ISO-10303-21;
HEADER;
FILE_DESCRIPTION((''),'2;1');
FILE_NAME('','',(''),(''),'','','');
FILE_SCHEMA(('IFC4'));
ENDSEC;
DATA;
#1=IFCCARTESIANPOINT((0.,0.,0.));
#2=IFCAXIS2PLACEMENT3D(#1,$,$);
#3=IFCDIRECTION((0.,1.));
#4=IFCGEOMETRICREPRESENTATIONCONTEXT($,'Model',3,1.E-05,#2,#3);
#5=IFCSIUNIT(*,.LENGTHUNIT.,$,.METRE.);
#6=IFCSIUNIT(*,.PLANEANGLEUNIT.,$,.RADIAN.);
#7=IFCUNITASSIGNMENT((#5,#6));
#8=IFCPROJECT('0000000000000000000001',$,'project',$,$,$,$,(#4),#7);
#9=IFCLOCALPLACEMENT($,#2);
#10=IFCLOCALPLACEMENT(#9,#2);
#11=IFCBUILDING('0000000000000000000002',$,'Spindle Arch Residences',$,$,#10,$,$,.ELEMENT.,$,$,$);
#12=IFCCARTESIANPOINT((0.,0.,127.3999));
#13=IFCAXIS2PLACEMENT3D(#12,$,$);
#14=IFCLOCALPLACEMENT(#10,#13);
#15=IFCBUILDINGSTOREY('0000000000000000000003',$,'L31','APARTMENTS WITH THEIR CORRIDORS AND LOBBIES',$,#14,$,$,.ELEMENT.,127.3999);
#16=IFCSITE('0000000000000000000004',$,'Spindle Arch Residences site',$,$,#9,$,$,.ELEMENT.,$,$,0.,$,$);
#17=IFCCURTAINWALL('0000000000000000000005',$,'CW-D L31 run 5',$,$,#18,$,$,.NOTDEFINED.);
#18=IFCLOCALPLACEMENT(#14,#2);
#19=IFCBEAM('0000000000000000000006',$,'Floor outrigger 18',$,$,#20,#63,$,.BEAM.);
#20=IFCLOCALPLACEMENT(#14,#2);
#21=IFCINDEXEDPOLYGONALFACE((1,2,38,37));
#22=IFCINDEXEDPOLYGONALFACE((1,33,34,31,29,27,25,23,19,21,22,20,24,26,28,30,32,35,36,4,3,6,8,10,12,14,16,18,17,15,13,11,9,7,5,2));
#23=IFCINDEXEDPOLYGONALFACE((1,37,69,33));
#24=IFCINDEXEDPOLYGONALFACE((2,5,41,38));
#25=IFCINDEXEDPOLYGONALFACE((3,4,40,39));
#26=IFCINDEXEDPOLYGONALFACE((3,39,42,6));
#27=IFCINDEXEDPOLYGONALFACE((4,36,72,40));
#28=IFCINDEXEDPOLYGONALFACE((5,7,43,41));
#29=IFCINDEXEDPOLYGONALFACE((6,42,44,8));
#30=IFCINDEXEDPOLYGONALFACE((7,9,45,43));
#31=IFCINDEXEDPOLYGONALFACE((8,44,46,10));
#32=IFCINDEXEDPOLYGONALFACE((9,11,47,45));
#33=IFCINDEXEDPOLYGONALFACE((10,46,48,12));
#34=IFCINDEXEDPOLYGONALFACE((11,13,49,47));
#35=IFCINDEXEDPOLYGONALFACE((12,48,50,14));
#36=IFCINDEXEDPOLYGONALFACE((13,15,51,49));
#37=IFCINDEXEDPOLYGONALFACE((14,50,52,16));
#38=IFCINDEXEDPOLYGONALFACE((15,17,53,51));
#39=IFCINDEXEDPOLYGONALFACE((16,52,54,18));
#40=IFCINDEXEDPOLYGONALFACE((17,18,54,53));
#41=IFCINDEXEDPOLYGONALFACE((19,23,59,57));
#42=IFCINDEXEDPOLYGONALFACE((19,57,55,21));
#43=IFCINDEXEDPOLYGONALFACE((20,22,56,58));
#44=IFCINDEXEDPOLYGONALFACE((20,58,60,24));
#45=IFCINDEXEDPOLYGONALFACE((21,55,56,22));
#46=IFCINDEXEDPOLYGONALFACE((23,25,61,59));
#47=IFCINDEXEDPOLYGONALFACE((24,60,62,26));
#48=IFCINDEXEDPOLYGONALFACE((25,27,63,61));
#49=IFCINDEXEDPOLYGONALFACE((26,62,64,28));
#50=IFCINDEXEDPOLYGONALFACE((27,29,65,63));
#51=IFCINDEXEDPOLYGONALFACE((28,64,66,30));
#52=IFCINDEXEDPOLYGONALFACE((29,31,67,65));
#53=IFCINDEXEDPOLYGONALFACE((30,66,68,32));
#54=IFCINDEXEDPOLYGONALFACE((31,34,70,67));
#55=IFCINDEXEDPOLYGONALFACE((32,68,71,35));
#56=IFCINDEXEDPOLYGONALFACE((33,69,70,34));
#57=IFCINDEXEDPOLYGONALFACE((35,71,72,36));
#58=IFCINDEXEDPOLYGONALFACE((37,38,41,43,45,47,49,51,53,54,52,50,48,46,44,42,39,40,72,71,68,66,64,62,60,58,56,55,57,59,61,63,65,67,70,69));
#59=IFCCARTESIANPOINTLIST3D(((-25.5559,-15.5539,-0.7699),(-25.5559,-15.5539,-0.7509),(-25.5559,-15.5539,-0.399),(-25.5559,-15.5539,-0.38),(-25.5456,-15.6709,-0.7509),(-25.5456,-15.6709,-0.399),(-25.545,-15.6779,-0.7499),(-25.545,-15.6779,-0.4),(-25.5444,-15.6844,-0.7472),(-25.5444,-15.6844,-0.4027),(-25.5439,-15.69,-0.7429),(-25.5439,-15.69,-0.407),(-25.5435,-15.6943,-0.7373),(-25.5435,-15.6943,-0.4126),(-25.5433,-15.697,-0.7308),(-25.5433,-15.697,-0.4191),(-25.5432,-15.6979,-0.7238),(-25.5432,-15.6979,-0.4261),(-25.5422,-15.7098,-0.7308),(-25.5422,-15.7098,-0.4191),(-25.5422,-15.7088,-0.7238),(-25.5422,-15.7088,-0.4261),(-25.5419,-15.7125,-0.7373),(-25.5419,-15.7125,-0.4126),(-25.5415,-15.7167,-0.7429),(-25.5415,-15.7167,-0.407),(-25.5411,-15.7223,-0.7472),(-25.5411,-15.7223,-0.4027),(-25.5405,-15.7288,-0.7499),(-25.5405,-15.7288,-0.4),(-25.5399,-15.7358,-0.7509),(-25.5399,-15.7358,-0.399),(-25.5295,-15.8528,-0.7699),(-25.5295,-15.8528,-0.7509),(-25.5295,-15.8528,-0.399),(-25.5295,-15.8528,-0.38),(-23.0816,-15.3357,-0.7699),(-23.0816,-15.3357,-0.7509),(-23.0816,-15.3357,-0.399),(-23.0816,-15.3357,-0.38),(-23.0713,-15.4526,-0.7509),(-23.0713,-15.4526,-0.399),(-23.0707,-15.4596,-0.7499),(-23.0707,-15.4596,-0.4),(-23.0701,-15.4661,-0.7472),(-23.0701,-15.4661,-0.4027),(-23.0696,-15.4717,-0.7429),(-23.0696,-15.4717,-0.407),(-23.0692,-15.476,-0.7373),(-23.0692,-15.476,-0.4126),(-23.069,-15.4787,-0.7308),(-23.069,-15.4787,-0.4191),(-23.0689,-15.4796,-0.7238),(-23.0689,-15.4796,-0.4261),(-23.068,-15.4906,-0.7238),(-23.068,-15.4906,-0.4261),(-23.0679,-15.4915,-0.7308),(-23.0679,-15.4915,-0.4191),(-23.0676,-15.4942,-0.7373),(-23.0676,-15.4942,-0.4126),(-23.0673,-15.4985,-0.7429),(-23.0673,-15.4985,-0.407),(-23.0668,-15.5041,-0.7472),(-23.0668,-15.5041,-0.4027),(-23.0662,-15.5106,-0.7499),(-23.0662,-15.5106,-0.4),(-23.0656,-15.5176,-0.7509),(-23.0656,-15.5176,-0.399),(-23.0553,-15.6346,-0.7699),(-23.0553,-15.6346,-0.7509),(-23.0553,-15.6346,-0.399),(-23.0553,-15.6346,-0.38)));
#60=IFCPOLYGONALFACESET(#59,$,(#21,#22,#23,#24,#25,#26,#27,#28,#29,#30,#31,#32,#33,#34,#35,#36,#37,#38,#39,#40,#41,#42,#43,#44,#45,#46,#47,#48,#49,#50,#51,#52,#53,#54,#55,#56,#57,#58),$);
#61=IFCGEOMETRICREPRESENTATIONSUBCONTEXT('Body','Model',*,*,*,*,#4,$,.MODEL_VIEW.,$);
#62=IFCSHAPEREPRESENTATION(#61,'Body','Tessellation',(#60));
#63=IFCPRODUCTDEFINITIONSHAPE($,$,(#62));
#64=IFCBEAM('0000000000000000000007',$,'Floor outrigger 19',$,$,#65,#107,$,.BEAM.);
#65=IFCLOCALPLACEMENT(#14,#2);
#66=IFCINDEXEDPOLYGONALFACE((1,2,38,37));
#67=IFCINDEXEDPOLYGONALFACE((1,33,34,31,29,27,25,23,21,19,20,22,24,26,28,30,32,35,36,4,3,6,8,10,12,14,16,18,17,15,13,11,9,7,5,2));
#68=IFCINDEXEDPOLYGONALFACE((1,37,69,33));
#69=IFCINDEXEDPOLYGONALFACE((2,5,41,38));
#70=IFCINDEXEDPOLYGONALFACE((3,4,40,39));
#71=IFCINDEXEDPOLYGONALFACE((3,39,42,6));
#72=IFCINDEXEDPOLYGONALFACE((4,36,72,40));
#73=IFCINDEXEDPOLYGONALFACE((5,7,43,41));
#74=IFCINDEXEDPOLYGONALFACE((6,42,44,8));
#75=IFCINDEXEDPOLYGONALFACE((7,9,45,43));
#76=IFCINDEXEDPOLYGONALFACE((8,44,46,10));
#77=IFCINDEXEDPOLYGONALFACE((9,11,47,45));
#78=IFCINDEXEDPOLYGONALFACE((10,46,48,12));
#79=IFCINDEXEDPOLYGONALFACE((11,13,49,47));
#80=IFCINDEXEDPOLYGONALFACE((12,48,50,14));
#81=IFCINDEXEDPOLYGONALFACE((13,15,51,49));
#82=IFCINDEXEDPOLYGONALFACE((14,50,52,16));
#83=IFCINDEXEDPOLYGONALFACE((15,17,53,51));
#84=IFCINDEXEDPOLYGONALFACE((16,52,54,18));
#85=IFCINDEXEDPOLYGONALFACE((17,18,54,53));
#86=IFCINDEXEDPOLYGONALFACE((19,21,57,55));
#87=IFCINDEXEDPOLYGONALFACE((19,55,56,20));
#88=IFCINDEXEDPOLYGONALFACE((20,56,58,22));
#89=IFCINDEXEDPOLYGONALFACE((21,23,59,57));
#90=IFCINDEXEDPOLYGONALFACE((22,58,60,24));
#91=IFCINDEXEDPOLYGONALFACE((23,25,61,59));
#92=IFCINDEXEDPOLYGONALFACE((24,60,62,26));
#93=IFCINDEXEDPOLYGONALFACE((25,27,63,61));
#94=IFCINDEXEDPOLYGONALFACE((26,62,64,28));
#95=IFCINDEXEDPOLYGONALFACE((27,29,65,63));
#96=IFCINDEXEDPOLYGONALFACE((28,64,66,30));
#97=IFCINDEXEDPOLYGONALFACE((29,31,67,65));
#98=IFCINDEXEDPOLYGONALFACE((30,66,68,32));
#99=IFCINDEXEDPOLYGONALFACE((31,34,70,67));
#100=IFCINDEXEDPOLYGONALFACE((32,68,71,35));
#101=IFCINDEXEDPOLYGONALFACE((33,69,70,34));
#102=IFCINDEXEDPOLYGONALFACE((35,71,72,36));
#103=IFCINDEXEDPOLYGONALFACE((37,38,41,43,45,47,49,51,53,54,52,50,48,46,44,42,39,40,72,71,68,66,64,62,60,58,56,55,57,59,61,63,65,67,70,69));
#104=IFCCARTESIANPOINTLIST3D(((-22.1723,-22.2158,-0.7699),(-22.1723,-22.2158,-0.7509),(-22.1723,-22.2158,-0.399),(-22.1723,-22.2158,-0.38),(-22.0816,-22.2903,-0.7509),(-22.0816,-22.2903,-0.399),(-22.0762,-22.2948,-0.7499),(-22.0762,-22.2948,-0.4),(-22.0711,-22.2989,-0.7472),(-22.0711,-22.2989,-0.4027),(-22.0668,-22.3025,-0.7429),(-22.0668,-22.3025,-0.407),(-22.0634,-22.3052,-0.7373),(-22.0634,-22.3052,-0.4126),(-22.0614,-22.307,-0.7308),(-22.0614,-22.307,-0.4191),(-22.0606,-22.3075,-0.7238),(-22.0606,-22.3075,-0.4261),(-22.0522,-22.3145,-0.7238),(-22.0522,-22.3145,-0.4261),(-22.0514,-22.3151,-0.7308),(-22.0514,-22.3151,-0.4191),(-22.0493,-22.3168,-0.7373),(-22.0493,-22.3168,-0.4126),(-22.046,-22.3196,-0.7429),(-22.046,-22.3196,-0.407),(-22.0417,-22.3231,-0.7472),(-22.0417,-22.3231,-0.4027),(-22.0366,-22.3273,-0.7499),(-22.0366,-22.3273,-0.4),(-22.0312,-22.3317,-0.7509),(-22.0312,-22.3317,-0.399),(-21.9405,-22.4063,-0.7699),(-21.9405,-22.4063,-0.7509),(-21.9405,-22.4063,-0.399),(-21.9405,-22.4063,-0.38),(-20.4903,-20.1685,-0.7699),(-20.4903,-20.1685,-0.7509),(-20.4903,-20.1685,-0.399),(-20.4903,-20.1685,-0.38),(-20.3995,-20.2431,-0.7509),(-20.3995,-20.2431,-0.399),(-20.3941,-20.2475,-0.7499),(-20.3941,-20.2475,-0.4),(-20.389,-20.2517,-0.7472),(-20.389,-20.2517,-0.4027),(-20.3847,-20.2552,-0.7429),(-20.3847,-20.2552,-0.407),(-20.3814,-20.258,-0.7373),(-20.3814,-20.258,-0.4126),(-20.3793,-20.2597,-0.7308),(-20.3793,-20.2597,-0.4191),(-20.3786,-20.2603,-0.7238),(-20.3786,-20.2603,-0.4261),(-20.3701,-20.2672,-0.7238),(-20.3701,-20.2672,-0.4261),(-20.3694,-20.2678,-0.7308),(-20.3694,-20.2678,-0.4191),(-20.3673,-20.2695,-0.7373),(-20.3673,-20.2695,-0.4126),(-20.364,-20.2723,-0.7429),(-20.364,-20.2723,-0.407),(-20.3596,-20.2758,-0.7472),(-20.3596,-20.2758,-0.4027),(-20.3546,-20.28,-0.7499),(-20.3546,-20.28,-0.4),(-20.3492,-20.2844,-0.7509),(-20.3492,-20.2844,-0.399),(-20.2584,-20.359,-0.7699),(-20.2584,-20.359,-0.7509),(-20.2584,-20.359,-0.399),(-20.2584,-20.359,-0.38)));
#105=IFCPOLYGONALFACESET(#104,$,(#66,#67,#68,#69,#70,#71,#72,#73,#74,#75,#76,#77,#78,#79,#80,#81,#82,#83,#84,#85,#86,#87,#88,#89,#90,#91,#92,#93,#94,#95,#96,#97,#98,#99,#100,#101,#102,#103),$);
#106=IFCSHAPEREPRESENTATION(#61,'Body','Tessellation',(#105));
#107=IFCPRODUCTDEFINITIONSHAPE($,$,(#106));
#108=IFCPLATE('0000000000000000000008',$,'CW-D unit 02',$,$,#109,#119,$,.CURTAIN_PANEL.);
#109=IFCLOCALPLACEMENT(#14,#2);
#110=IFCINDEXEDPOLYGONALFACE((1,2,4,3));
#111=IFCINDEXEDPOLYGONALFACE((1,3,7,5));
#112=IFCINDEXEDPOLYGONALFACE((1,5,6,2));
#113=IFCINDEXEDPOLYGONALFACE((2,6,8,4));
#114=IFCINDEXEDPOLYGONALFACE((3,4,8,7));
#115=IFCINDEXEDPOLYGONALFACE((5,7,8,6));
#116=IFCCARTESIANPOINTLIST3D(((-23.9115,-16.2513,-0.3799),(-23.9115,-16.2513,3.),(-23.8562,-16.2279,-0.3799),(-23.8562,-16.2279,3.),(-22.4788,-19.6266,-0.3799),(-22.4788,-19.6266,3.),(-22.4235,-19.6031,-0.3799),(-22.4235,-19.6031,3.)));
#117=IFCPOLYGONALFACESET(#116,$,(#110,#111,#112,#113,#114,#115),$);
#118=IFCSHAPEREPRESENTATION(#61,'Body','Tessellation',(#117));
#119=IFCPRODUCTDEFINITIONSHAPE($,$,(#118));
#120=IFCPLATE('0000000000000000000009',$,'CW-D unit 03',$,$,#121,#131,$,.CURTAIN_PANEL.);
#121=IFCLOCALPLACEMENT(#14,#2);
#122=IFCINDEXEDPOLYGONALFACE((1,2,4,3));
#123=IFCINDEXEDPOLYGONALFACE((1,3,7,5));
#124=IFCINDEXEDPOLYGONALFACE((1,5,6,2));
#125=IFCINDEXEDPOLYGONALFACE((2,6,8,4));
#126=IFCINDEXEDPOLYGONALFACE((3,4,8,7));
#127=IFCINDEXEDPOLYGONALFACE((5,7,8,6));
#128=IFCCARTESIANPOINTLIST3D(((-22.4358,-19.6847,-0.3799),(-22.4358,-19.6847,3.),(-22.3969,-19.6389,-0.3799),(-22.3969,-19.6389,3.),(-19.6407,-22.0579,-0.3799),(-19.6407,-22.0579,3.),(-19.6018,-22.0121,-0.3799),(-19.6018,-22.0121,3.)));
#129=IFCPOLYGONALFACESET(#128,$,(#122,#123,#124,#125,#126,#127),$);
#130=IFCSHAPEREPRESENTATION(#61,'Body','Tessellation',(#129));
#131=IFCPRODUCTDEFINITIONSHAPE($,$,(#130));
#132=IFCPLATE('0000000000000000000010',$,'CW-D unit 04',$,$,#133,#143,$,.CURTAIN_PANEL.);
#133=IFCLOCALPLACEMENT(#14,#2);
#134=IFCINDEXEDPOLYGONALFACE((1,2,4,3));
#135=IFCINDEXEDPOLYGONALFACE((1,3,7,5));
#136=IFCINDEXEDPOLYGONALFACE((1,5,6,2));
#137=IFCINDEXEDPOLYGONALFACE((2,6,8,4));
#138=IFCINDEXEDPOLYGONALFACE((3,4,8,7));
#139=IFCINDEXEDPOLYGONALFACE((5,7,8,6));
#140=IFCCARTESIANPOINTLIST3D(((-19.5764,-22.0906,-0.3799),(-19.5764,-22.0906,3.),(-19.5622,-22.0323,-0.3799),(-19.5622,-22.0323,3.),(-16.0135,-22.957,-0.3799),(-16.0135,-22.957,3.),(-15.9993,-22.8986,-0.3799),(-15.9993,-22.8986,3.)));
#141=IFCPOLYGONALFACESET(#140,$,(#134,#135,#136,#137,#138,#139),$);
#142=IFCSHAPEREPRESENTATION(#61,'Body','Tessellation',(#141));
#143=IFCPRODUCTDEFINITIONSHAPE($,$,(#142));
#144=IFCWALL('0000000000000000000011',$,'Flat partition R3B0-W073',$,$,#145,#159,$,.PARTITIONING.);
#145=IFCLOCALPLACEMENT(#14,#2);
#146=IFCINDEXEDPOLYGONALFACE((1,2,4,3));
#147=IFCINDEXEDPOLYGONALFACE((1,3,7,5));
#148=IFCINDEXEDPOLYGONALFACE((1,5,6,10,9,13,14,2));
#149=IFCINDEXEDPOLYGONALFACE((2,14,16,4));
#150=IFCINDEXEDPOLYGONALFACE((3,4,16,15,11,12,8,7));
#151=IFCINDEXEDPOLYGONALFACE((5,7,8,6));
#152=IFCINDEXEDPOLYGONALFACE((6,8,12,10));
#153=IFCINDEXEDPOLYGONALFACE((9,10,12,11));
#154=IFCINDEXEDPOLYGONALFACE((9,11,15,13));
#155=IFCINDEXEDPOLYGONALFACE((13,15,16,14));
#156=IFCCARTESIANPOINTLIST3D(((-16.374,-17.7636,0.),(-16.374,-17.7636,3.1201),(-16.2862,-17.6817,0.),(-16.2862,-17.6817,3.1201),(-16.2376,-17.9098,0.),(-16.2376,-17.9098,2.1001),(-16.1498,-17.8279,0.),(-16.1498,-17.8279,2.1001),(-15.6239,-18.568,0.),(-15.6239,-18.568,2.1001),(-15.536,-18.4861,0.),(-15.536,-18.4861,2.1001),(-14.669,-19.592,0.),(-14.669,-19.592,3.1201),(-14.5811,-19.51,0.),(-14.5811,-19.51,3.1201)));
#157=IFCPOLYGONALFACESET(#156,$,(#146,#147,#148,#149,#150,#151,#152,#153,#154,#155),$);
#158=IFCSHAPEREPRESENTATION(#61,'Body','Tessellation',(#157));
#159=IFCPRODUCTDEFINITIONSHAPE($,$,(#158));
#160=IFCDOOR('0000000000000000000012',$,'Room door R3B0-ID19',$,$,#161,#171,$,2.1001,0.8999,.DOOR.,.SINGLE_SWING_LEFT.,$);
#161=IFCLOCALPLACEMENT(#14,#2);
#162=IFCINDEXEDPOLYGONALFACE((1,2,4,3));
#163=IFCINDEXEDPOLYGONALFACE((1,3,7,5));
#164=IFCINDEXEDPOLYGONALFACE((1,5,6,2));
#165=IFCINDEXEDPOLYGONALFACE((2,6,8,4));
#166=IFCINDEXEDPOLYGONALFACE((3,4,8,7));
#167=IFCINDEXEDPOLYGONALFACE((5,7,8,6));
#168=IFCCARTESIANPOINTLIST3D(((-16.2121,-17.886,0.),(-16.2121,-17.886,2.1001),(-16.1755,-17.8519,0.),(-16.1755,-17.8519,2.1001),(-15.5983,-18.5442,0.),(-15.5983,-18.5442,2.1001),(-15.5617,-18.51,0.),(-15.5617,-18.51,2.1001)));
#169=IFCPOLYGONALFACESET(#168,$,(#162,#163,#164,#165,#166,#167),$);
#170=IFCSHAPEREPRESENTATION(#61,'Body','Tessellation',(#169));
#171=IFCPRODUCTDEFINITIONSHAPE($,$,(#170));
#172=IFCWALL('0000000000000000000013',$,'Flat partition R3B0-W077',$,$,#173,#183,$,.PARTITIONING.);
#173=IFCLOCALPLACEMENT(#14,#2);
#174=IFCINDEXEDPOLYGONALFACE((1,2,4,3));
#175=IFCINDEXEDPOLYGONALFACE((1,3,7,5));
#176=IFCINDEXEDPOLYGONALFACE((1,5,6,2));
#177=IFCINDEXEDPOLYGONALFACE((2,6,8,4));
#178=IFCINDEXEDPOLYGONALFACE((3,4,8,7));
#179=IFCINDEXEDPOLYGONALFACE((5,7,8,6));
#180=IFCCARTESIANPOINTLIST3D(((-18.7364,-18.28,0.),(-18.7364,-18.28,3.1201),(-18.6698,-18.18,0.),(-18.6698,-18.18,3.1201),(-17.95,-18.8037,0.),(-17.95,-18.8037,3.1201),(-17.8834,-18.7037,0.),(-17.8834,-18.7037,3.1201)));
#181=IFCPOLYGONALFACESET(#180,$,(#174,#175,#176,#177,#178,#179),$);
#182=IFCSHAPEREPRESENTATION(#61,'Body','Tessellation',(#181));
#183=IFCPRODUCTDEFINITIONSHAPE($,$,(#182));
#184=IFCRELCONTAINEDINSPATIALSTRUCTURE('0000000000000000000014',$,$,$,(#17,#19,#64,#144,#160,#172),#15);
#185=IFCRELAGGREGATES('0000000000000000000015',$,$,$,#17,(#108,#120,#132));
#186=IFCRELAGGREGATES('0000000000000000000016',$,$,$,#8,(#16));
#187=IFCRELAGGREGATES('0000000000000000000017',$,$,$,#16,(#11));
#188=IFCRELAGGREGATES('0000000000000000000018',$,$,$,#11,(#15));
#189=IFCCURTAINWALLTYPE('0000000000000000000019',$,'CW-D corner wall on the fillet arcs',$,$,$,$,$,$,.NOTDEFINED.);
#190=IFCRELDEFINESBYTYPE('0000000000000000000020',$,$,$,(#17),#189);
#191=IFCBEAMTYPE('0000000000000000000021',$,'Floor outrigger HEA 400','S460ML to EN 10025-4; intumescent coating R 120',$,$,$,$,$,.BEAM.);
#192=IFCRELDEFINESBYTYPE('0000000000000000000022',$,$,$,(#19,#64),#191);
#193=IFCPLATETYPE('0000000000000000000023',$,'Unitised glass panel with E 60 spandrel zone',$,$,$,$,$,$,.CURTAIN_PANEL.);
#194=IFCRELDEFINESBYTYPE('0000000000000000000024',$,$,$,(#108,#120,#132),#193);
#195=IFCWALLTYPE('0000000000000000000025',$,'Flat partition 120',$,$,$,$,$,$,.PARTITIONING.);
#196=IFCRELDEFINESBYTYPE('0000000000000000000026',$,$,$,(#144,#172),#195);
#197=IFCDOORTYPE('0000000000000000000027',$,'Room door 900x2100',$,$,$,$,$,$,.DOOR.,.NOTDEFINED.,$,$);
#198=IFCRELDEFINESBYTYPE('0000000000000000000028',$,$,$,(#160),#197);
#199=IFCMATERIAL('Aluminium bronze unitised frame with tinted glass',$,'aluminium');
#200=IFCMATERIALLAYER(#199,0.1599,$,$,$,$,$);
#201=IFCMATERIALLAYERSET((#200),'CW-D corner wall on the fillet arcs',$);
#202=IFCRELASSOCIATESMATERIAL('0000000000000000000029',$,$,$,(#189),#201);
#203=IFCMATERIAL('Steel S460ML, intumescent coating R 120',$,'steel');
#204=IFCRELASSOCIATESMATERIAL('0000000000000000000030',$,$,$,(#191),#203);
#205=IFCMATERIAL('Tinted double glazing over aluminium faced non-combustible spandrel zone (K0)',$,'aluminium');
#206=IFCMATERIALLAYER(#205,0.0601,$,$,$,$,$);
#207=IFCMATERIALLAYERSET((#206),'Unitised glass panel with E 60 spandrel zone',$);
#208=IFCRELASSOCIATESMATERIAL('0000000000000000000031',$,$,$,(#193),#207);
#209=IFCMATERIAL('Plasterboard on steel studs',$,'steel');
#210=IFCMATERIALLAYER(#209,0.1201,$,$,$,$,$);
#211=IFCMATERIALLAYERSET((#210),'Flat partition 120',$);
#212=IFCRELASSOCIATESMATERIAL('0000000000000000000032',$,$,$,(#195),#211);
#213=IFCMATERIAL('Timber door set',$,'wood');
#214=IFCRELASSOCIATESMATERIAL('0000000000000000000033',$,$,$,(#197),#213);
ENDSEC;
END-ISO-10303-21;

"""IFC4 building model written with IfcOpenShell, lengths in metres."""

from ifc_helpers import new_model, si_unit, direction, frame, frame_2d, origin, origin_2d, place, context, subcontext, project, spatial, rectangle, i_section, extrude, material, layer, layer_set, material_profile, profile_set, type_object, element, fill, aggregate, save


model = new_model("IFC4")

# Units and contexts
model_context = context("Model", 3, precision=1e-05, world=origin(), true_north=direction((0.0, 1.0)))
body_context = subcontext(model_context, "Body", "Model", "MODEL_VIEW")
ifc_project = project(units=[si_unit("LENGTHUNIT", "METRE"), si_unit("PLANEANGLEUNIT", "RADIAN")], contexts=[model_context])

# Site, building, storey
site_placement = place(None, origin())
site = spatial("IfcSite", under=ifc_project, at=site_placement, Name="Spindle Arch Residences site", CompositionType="ELEMENT", RefElevation=0.0)
building_placement = place(site_placement, origin())
building = spatial("IfcBuilding", under=site, at=building_placement, Name="Spindle Arch Residences", CompositionType="ELEMENT")
storey_placement = place(building_placement, frame((0.0, 0.0, 127.3999)))
storey = spatial("IfcBuildingStorey", under=building, at=storey_placement, Name="L31", Description="APARTMENTS WITH THEIR CORRIDORS AND LOBBIES", CompositionType="ELEMENT", Elevation=127.3999)

# Curtain wall
ifc_material_1 = material(Name="Aluminium bronze unitised frame with tinted glass", Category="aluminium")
ifc_layer_1 = layer(ifc_material_1, 0.1599)
ifc_layer_set_1 = layer_set([ifc_layer_1], Name="CW-D corner wall on the fillet arcs")
curtain_wall_type = type_object("IfcCurtainWallType", Name="CW-D corner wall on the fillet arcs", PredefinedType="NOTDEFINED", material=ifc_layer_set_1)
curtain_wall_placement = place(storey_placement, origin())
curtain_wall = element("IfcCurtainWall", 1, at=curtain_wall_placement, inside=storey, type_object=curtain_wall_type, Name="CW-D L31 run 5", PredefinedType="NOTDEFINED")

# Beams
ifc_material_2 = material(Name="Steel S460ML, intumescent coating R 120", Category="steel")
ifc_material_profile_1 = material_profile(ifc_material_2, i_section(OverallWidth=0.3, OverallDepth=0.3899, WebThickness=0.011, FlangeThickness=0.019, FilletRadius=0.0271, at=origin_2d()), Name="HEA 400")
ifc_profile_set_1 = profile_set([ifc_material_profile_1], Name="Steel S460ML, intumescent coating R 120")
beam_type_1 = type_object("IfcBeamType", Name="Floor outrigger HEA 400", Description="S460ML to EN 10025-4; intumescent coating R 120", PredefinedType="BEAM", material=ifc_profile_set_1)
beam_1_placement = place(storey_placement, frame((-25.5427, -15.7034, -0.575), z_axis=(0.996132, 0.087868, 0.0), x_axis=(-0.087868, 0.996132, 0.0)))
element("IfcBeam", 2, at=beam_1_placement, inside=storey, type_object=beam_type_1, Name="Floor outrigger 18", PredefinedType="BEAM", context=body_context, shape_type="SweptSolid", body=[
    extrude(i_section(OverallWidth=0.3, OverallDepth=0.3899, WebThickness=0.011, FlangeThickness=0.019, FilletRadius=0.0271, at=origin_2d()), origin(), (0.0, 0.0, 1.0), 2.4839),
])
beam_2_placement = place(storey_placement, frame((-22.0564, -22.311, -0.575), z_axis=(0.634822, 0.772658, 0.0), x_axis=(-0.772658, 0.634822, 0.0)))
element("IfcBeam", 3, at=beam_2_placement, inside=storey, type_object=beam_type_1, Name="Floor outrigger 19", PredefinedType="BEAM", context=body_context, shape_type="SweptSolid", body=[
    extrude(i_section(OverallWidth=0.3, OverallDepth=0.3899, WebThickness=0.011, FlangeThickness=0.019, FilletRadius=0.0271, at=origin_2d()), origin(), (0.0, 0.0, 1.0), 2.6497),
])

# Plates
ifc_material_3 = material(Name="Tinted double glazing over aluminium faced non-combustible spandrel zone (K0)", Category="aluminium")
ifc_layer_2 = layer(ifc_material_3, 0.0601)
ifc_layer_set_2 = layer_set([ifc_layer_2], Name="Unitised glass panel with E 60 spandrel zone")
plate_type = type_object("IfcPlateType", Name="Unitised glass panel with E 60 spandrel zone", PredefinedType="CURTAIN_PANEL", material=ifc_layer_set_2)
plate_1_placement = place(storey_placement, frame((-23.1675, -17.9272, -0.3799), z_axis=(0.0, 0.0, 1.0), x_axis=(0.390731, -0.920505, 0.0)))
plate_1 = element("IfcPlate", 4, at=plate_1_placement, type_object=plate_type, Name="CW-D unit 02", PredefinedType="CURTAIN_PANEL", context=body_context, shape_type="SweptSolid", body=[
    extrude(rectangle(XDim=3.6667, YDim=0.0601, at=origin_2d()), origin(), (0.0, 0.0, 1.0), 3.3799),
])
plate_2_placement = place(storey_placement, frame((-21.0188, -20.8484, -0.3799), z_axis=(0.0, 0.0, 1.0), x_axis=(0.762292, -0.647233, 0.0)))
plate_2 = element("IfcPlate", 5, at=plate_2_placement, type_object=plate_type, Name="CW-D unit 03", PredefinedType="CURTAIN_PANEL", context=body_context, shape_type="SweptSolid", body=[
    extrude(rectangle(XDim=3.6667, YDim=0.0601, at=origin_2d()), origin(), (0.0, 0.0, 1.0), 3.3799),
])
plate_3_placement = place(storey_placement, frame((-17.7878, -22.4946, -0.3799), z_axis=(0.0, 0.0, 1.0), x_axis=(0.971687, -0.236273, 0.0)))
plate_3 = element("IfcPlate", 6, at=plate_3_placement, type_object=plate_type, Name="CW-D unit 04", PredefinedType="CURTAIN_PANEL", context=body_context, shape_type="SweptSolid", body=[
    extrude(rectangle(XDim=3.6667, YDim=0.0601, at=origin_2d()), origin(), (0.0, 0.0, 1.0), 3.3799),
])
aggregate(curtain_wall, [plate_1, plate_2, plate_3])

# Wall, opening, door
ifc_material_4 = material(Name="Plasterboard on steel studs", Category="steel")
ifc_layer_3 = layer(ifc_material_4, 0.1201)
ifc_layer_set_3 = layer_set([ifc_layer_3], Name="Flat partition 120")
wall_type_1 = type_object("IfcWallType", Name="Flat partition 120", PredefinedType="PARTITIONING", material=ifc_layer_set_3)
wall_1_placement = place(storey_placement, frame((-16.3301, -17.7227, 0.0), z_axis=(0.0, 0.0, 1.0), x_axis=(0.682019, -0.731334, 0.0)))
wall_1 = element("IfcWall", 7, at=wall_1_placement, inside=storey, type_object=wall_type_1, Name="Flat partition R3B0-W073", PredefinedType="PARTITIONING", context=body_context, shape_type="SweptSolid", body=[
    extrude(rectangle(XDim=2.5, YDim=0.1201, at=frame_2d((1.25, 0.0))), origin(), (0.0, 0.0, 1.0), 3.1201),
])
opening_placement = place(wall_1_placement, frame((0.2, 0.0, 0.0)))
opening = element("IfcOpeningElement", 8, at=opening_placement, cuts=wall_1, PredefinedType="OPENING", context=body_context, shape_type="SweptSolid", body=[
    extrude(rectangle(XDim=0.8999, YDim=2.1001, at=frame_2d((0.45, 1.05))), frame((0.0, 0.0701, 0.0), z_axis=(0.0, -1.0, 0.0), x_axis=(1.0, 0.0, 0.0)), (0.0, 0.0, 1.0), 0.1401),
])
ifc_material_5 = material(Name="Timber door set", Category="wood")
door_type = type_object("IfcDoorType", Name="Room door 900x2100", OperationType="NOTDEFINED", PredefinedType="DOOR", material=ifc_material_5)
door_placement = place(opening_placement, origin())
door = element("IfcDoor", 9, at=door_placement, inside=storey, type_object=door_type, Name="Room door R3B0-ID19", OperationType="SINGLE_SWING_LEFT", OverallHeight=2.1001, OverallWidth=0.8999, PredefinedType="DOOR", context=body_context, shape_type="SweptSolid", body=[
    extrude(rectangle(XDim=0.8999, YDim=2.1001, at=frame_2d((0.45, 1.05))), frame((0.0, 0.0249, 0.0), z_axis=(0.0, -1.0, 0.0), x_axis=(1.0, 0.0, 0.0)), (0.0, 0.0, 1.0), 0.05),
])
fill(opening, door)

# Wall
wall_2_placement = place(storey_placement, frame((-18.7031, -18.23, 0.0), z_axis=(0.0, 0.0, 1.0), x_axis=(0.832328, -0.554283, 0.0)))
element("IfcWall", 10, at=wall_2_placement, inside=storey, type_object=wall_type_1, Name="Flat partition R3B0-W077", PredefinedType="PARTITIONING", context=body_context, shape_type="SweptSolid", body=[
    extrude(rectangle(XDim=0.9448, YDim=0.1201, at=frame_2d((0.4724, 0.0))), origin(), (0.0, 0.0, 1.0), 3.1201),
])

save(model, "model.ifc")
